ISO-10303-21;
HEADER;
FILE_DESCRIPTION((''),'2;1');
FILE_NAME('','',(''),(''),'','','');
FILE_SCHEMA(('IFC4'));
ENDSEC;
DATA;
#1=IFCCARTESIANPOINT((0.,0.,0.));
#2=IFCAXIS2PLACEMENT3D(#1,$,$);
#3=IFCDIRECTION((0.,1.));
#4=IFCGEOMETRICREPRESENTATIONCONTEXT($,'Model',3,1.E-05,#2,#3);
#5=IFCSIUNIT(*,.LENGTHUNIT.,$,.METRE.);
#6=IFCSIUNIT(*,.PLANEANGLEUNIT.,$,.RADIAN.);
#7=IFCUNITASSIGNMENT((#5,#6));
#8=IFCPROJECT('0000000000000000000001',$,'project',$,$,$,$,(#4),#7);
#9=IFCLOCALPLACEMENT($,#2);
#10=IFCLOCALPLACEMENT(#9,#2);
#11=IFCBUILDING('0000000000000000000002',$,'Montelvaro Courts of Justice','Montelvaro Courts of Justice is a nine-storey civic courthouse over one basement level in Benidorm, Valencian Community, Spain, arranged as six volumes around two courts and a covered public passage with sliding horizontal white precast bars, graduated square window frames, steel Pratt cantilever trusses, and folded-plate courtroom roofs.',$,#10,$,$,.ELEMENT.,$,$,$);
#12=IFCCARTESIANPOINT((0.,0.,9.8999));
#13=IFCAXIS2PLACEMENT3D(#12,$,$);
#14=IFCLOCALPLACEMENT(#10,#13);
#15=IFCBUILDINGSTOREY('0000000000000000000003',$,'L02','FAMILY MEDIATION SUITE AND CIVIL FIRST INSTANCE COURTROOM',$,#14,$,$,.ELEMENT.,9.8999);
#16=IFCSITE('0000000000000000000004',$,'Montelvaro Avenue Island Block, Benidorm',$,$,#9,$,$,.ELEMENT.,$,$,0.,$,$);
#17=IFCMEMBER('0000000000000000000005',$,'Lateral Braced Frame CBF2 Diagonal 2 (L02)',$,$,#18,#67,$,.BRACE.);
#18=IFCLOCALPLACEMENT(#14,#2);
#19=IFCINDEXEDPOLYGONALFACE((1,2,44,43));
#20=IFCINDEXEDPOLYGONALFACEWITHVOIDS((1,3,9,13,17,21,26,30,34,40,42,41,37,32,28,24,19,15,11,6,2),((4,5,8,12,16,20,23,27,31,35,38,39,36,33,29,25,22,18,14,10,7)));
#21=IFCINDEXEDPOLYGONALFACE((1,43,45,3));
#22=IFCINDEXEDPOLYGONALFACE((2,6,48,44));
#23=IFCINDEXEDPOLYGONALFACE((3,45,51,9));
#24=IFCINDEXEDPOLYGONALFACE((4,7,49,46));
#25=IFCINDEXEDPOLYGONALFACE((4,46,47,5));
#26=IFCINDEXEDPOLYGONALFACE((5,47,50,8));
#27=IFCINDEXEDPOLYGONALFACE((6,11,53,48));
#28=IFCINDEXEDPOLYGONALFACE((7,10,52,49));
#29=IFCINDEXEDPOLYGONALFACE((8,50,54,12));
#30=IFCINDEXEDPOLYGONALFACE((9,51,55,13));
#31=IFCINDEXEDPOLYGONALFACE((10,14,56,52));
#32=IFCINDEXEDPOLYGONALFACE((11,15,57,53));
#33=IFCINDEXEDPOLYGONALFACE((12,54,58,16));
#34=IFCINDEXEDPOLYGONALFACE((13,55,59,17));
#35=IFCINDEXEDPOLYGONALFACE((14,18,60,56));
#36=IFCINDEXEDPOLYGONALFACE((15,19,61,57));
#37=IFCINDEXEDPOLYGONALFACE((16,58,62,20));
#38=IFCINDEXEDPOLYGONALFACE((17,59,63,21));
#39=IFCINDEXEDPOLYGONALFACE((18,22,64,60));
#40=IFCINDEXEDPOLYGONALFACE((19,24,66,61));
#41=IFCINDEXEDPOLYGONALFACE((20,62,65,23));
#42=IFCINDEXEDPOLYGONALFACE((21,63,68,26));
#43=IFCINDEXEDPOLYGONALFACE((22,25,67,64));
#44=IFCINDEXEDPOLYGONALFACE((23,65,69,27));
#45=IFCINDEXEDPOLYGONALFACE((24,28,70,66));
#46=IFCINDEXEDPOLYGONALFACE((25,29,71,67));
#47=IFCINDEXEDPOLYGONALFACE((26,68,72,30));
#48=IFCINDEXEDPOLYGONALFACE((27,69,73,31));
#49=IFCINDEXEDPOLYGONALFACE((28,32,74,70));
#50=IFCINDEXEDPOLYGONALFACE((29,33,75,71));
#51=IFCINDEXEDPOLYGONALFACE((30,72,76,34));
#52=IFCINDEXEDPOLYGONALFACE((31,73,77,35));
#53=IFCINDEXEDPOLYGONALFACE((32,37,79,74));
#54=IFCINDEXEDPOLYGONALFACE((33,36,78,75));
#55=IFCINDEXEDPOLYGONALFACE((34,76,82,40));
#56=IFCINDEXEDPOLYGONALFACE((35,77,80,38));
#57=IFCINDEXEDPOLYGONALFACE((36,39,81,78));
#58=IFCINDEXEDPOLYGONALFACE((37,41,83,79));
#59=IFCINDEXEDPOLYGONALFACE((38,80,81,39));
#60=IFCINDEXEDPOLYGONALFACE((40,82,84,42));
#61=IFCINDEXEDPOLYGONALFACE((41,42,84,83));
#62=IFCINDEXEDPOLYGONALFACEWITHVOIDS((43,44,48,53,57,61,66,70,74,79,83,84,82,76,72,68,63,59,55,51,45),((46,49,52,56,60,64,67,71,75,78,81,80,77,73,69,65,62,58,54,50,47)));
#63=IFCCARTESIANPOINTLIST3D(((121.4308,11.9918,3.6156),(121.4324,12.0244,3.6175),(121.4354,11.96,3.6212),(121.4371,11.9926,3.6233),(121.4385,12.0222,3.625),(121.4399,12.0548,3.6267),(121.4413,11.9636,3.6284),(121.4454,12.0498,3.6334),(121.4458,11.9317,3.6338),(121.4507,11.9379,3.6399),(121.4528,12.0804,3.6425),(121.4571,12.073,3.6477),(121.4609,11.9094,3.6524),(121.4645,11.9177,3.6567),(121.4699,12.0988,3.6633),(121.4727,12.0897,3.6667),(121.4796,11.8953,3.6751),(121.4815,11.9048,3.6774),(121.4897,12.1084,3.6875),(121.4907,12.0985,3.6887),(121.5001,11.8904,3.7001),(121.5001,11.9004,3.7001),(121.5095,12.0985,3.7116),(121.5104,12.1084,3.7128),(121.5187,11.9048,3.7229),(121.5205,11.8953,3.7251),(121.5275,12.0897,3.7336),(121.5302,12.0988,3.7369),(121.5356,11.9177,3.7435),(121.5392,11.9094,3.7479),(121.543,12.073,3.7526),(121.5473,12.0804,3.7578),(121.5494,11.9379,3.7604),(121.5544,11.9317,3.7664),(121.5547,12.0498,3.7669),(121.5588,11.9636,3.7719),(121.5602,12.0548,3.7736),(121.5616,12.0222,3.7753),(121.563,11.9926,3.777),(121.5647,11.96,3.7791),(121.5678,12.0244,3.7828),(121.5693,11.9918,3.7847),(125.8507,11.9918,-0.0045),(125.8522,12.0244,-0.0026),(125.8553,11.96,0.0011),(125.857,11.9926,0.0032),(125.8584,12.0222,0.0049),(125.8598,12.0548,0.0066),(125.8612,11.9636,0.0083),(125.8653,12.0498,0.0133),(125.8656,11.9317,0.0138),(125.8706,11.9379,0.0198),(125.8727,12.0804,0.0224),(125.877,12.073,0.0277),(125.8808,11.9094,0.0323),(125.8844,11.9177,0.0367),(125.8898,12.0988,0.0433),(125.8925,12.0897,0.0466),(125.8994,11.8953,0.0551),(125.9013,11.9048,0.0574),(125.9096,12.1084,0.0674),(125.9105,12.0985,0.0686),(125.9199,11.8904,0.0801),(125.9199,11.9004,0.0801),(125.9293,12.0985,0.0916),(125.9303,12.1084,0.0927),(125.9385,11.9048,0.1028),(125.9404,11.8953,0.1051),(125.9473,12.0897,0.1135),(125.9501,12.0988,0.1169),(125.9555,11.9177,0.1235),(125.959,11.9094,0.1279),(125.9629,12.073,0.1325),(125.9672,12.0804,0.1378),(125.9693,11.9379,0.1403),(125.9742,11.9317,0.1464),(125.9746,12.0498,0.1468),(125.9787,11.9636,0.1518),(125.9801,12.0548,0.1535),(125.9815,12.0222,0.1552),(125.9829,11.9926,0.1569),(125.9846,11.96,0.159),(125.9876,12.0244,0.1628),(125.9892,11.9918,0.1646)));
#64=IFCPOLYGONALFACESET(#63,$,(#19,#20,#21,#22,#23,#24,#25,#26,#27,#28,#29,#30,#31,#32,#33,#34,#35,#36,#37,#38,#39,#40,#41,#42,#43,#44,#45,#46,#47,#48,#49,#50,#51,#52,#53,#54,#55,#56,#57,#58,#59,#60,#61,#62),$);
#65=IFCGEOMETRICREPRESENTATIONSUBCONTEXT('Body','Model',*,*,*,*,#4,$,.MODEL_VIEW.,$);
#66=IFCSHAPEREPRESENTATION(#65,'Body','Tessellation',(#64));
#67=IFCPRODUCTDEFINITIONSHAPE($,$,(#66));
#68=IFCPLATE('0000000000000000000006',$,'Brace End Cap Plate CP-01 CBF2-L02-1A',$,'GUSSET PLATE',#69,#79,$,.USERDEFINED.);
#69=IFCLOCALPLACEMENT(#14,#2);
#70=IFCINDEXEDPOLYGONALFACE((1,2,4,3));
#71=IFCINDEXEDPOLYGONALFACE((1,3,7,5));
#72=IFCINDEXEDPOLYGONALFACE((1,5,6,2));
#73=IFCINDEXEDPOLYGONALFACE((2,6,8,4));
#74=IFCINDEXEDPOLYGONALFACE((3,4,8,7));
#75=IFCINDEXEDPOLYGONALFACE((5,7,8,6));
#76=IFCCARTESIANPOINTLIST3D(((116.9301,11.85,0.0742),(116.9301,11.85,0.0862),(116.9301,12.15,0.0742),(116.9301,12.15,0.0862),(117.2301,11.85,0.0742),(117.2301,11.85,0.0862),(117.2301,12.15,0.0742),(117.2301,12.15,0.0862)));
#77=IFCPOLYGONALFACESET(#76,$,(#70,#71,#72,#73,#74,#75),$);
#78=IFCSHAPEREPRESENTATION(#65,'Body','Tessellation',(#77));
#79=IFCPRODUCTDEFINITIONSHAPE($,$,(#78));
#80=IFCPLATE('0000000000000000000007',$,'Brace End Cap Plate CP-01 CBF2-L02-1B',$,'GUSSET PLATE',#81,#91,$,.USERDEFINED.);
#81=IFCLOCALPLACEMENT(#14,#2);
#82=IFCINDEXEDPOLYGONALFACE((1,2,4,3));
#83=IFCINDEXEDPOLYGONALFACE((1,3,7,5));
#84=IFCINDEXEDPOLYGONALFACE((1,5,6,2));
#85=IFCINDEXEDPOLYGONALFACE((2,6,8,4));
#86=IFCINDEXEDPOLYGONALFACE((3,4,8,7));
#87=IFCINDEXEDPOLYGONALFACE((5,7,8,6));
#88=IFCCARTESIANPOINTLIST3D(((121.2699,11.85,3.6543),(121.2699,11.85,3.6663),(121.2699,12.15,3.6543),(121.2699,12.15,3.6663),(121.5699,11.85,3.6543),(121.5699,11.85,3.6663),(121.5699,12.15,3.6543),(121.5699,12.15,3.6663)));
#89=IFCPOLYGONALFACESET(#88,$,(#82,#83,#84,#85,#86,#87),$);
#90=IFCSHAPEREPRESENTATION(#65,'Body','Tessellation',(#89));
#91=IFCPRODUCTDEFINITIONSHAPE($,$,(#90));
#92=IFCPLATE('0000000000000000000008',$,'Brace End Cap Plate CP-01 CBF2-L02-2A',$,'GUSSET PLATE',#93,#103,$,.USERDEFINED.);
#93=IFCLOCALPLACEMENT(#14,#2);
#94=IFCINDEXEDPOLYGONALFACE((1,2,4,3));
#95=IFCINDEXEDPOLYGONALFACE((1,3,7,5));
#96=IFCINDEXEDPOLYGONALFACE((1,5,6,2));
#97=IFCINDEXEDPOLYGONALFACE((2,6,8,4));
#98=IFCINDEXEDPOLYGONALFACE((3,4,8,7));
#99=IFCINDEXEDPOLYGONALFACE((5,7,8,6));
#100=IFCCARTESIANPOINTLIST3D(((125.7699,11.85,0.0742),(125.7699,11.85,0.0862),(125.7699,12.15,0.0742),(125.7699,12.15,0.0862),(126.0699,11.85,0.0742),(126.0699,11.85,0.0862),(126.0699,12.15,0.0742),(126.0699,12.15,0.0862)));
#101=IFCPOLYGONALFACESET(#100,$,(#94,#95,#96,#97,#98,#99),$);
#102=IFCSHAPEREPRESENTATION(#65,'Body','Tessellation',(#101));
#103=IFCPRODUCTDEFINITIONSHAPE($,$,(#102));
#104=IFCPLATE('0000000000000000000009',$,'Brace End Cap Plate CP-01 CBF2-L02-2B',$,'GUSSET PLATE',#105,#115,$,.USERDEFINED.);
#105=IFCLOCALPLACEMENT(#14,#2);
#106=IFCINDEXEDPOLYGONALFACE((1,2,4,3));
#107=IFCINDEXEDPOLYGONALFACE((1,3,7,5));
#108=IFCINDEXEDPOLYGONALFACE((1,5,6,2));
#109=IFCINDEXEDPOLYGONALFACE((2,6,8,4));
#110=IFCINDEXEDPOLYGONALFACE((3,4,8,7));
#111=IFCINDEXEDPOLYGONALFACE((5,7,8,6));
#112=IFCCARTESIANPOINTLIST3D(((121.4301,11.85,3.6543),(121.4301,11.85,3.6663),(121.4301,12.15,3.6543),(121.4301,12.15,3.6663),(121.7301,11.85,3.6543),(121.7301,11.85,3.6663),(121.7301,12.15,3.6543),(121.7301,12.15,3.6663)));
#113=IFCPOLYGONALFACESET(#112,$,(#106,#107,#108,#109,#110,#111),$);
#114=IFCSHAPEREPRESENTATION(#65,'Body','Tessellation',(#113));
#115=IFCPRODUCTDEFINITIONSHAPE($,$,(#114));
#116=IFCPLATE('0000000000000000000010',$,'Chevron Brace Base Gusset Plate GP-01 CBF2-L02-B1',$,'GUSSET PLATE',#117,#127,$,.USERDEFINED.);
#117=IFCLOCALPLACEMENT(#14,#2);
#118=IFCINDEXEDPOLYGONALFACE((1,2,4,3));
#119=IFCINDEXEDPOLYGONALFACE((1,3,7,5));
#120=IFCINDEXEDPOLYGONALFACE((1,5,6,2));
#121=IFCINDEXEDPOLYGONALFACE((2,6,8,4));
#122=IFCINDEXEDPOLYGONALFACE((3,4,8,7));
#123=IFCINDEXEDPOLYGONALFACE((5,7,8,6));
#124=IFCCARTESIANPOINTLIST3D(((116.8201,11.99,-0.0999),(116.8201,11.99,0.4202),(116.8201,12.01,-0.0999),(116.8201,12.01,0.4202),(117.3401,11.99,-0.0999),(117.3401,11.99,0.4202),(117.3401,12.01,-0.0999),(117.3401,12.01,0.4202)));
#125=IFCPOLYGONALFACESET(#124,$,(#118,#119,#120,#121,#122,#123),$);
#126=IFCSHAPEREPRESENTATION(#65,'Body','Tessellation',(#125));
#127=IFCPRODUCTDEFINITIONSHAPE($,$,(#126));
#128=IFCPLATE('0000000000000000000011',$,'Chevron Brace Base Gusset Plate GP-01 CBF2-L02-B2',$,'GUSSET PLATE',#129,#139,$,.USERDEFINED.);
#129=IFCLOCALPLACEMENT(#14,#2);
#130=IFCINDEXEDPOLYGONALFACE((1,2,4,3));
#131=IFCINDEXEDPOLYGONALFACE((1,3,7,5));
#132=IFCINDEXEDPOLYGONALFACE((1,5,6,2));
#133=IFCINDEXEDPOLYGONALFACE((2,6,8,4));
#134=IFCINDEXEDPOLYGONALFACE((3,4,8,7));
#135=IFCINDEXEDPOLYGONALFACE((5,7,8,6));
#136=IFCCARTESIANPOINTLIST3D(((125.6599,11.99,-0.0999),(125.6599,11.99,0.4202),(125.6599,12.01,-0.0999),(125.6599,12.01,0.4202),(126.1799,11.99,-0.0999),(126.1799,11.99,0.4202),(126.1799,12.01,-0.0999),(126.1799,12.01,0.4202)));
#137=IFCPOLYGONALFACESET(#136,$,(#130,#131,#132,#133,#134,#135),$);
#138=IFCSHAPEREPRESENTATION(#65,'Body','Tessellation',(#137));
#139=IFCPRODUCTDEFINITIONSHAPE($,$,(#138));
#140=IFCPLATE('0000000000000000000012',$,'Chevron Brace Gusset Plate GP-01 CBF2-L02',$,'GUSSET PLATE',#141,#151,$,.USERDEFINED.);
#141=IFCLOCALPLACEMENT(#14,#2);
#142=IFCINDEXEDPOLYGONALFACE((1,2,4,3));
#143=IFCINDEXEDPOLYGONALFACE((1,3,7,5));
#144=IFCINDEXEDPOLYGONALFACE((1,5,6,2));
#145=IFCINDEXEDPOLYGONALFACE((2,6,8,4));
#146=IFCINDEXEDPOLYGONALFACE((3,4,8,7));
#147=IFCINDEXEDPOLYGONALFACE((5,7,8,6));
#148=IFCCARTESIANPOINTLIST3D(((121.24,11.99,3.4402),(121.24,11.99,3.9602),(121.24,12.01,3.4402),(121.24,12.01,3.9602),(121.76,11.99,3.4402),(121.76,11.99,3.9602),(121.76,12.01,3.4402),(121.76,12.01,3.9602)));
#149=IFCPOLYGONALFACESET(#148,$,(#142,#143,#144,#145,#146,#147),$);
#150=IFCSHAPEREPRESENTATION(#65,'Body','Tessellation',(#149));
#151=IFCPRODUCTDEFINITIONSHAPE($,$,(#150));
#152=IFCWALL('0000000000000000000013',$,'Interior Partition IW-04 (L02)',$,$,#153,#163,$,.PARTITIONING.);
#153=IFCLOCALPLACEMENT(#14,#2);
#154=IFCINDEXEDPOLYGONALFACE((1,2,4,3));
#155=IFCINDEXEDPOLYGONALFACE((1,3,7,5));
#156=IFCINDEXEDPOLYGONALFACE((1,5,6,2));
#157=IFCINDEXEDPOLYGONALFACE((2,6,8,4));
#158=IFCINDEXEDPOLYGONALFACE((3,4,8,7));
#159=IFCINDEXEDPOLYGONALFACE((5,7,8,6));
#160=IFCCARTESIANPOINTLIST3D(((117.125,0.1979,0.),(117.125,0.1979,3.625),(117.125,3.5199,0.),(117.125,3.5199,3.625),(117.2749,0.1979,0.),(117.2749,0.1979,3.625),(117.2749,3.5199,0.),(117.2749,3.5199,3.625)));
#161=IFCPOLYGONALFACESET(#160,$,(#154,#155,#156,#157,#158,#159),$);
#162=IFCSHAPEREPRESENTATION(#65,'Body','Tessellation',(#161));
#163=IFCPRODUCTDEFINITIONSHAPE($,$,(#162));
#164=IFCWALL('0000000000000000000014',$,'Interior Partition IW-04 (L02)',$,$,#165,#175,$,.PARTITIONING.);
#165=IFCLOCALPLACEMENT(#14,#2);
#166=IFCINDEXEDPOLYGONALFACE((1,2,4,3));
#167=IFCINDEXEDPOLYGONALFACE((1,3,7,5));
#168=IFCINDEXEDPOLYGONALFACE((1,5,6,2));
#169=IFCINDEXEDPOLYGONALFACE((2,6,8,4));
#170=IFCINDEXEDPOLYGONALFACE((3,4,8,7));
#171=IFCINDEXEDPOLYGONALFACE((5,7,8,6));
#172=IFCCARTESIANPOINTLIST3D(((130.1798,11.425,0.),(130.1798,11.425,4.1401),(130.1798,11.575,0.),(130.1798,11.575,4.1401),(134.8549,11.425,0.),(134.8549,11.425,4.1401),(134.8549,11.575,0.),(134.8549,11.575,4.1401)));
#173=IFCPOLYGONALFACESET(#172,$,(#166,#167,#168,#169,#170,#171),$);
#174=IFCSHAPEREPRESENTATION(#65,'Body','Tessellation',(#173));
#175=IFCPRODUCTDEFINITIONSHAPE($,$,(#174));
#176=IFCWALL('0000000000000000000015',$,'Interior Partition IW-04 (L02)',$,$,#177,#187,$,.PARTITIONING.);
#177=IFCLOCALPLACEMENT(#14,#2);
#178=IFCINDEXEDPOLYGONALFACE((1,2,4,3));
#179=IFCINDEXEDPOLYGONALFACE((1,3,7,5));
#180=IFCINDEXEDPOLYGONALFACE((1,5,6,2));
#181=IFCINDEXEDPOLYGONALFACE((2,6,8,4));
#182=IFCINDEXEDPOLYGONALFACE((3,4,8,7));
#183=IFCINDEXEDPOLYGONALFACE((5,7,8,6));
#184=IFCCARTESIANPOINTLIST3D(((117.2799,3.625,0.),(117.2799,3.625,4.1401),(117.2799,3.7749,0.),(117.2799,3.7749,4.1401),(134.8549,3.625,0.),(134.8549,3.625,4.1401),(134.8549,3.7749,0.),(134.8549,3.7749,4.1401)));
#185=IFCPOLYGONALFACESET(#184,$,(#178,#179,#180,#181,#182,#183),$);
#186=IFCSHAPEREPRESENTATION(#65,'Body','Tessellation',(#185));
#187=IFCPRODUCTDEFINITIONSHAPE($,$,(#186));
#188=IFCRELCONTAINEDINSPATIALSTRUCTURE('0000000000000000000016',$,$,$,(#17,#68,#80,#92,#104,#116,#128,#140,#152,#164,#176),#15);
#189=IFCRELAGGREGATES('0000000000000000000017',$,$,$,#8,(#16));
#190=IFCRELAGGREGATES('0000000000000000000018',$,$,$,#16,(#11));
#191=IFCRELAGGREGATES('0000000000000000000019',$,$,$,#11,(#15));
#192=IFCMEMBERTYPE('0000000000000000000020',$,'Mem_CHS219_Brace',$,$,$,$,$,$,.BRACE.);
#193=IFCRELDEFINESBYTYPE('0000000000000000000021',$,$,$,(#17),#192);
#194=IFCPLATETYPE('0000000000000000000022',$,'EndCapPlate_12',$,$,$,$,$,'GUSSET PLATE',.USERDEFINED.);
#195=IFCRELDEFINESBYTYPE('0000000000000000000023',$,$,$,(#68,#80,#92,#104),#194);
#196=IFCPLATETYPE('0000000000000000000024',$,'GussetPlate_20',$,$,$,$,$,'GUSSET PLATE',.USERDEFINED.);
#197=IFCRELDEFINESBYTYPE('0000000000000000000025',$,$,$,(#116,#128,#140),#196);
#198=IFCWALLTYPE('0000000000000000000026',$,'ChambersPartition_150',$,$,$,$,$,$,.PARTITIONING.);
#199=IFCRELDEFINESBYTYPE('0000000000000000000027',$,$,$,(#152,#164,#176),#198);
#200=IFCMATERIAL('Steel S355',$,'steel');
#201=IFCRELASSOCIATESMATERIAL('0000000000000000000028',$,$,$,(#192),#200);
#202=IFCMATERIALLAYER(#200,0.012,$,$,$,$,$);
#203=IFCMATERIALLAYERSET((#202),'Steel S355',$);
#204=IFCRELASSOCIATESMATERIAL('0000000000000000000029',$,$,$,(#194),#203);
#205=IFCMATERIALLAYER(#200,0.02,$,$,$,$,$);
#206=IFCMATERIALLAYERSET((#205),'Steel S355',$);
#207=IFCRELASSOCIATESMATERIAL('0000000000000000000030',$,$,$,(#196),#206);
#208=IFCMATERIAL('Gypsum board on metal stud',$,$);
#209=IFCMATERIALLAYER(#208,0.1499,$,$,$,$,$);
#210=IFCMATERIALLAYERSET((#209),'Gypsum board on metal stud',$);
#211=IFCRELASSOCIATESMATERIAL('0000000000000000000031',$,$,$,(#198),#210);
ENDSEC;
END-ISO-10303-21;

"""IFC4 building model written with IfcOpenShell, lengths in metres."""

from ifc_helpers import new_model, si_unit, direction, frame, frame_2d, origin, origin_2d, place, context, subcontext, project, spatial, rectangle, hollow_circle, extrude, material, layer, layer_set, material_profile, profile_set, type_object, element, save


model = new_model("IFC4")

# Units and contexts
model_context = context("Model", 3, precision=1e-05, world=origin(), true_north=direction((0.0, 1.0)))
body_context = subcontext(model_context, "Body", "Model", "MODEL_VIEW")
ifc_project = project(units=[si_unit("LENGTHUNIT", "METRE"), si_unit("PLANEANGLEUNIT", "RADIAN")], contexts=[model_context])

# Site, building, storey
site_placement = place(None, origin())
site = spatial("IfcSite", under=ifc_project, at=site_placement, Name="Montelvaro Avenue Island Block, Benidorm", CompositionType="ELEMENT", RefElevation=0.0)
building_placement = place(site_placement, origin())
building = spatial("IfcBuilding", under=site, at=building_placement, Name="Montelvaro Courts of Justice", Description="Montelvaro Courts of Justice is a nine-storey civic courthouse over one basement level in Benidorm, Valencian Community, Spain, arranged as six volumes around two courts and a covered public passage with sliding horizontal white precast bars, graduated square window frames, steel Pratt cantilever trusses, and folded-plate courtroom roofs.", CompositionType="ELEMENT")
storey_placement = place(building_placement, frame((0.0, 0.0, 9.8999)))
storey = spatial("IfcBuildingStorey", under=building, at=storey_placement, Name="L02", Description="FAMILY MEDIATION SUITE AND CIVIL FIRST INSTANCE COURTROOM", CompositionType="ELEMENT", Elevation=9.8999)

# Shared definitions
ifc_material_1 = material(Name="Steel S355", Category="steel")

# Member
ifc_material_profile_1 = material_profile(ifc_material_1, hollow_circle(Radius=0.1096, WallThickness=0.01, at=origin_2d()), Name="CHS 219.1x10")
ifc_profile_set_1 = profile_set([ifc_material_profile_1], Name="Steel S355")
member_type = type_object("IfcMemberType", Name="Mem_CHS219_Brace", PredefinedType="BRACE", material=ifc_profile_set_1)
for number, where, z_axis, x_axis, name in (
    (1, (125.9199, 12.0, 0.0801), (-0.77363, 0.0, 0.633638), (0.0, -1.0, 0.0), "Lateral Braced Frame CBF2 Diagonal 2 (L02)"),
):
    element("IfcMember", number, at=place(storey_placement, frame(where, z_axis=z_axis, x_axis=x_axis)), inside=storey, type_object=member_type, Name=name, PredefinedType="BRACE", context=body_context, shape_type="SweptSolid", body=[
        extrude(hollow_circle(Radius=0.1096, WallThickness=0.01, at=origin_2d()), origin(), (0.0, 0.0, 1.0), 5.7131),
    ])

# Plates
ifc_layer_1 = layer(ifc_material_1, 0.012)
ifc_layer_set_1 = layer_set([ifc_layer_1], Name="Steel S355")
plate_type_1 = type_object("IfcPlateType", Name="EndCapPlate_12", ElementType="GUSSET PLATE", PredefinedType="USERDEFINED", material=ifc_layer_set_1)
for number, where, z_axis, x_axis, name in (
    (2, (117.0801, 12.0, 0.0742), (0.0, 0.0, 1.0), (1.0, 0.0, 0.0), "Brace End Cap Plate CP-01 CBF2-L02-1A"),
    (3, (121.4199, 12.0, 3.6543), (0.0, 0.0, 1.0), (1.0, 0.0, 0.0), "Brace End Cap Plate CP-01 CBF2-L02-1B"),
    (4, (125.9199, 12.0, 0.0742), (0.0, 0.0, 1.0), (1.0, 0.0, 0.0), "Brace End Cap Plate CP-01 CBF2-L02-2A"),
    (5, (121.5801, 12.0, 3.6543), (0.0, 0.0, 1.0), (1.0, 0.0, 0.0), "Brace End Cap Plate CP-01 CBF2-L02-2B"),
):
    element("IfcPlate", number, at=place(storey_placement, frame(where, z_axis=z_axis, x_axis=x_axis)), inside=storey, type_object=plate_type_1, Name=name, ObjectType="GUSSET PLATE", PredefinedType="USERDEFINED", context=body_context, shape_type="SweptSolid", body=[
        extrude(rectangle(XDim=0.3, YDim=0.3, at=origin_2d()), origin(), (0.0, 0.0, 1.0), 0.012),
    ])
ifc_layer_2 = layer(ifc_material_1, 0.02)
ifc_layer_set_2 = layer_set([ifc_layer_2], Name="Steel S355")
plate_type_2 = type_object("IfcPlateType", Name="GussetPlate_20", ElementType="GUSSET PLATE", PredefinedType="USERDEFINED", material=ifc_layer_set_2)
for number, where, z_axis, x_axis, name in (
    (6, (117.0801, 12.0, -0.0999), (0.0, 0.0, 1.0), (1.0, 0.0, 0.0), "Chevron Brace Base Gusset Plate GP-01 CBF2-L02-B1"),
    (7, (125.9199, 12.0, -0.0999), (0.0, 0.0, 1.0), (1.0, 0.0, 0.0), "Chevron Brace Base Gusset Plate GP-01 CBF2-L02-B2"),
    (8, (121.5, 12.0, 3.4402), (0.0, 0.0, 1.0), (1.0, 0.0, 0.0), "Chevron Brace Gusset Plate GP-01 CBF2-L02"),
):
    element("IfcPlate", number, at=place(storey_placement, frame(where, z_axis=z_axis, x_axis=x_axis)), inside=storey, type_object=plate_type_2, Name=name, ObjectType="GUSSET PLATE", PredefinedType="USERDEFINED", context=body_context, shape_type="SweptSolid", body=[
        extrude(rectangle(XDim=0.52, YDim=0.02, at=origin_2d()), origin(), (0.0, 0.0, 1.0), 0.52),
    ])

# Walls
ifc_material_2 = material(Name="Gypsum board on metal stud")
ifc_layer_3 = layer(ifc_material_2, 0.1499)
ifc_layer_set_3 = layer_set([ifc_layer_3], Name="Gypsum board on metal stud")
wall_type_1 = type_object("IfcWallType", Name="ChambersPartition_150", PredefinedType="PARTITIONING", material=ifc_layer_set_3)
wall_1_placement = place(storey_placement, frame((117.2, 3.52, 0.0), z_axis=(0.0, 0.0, 1.0), x_axis=(0.0, -1.0, 0.0)))
element("IfcWall", 9, at=wall_1_placement, inside=storey, type_object=wall_type_1, Name="Interior Partition IW-04 (L02)", PredefinedType="PARTITIONING", context=body_context, shape_type="SweptSolid", body=[
    extrude(rectangle(XDim=3.322, YDim=0.1499, at=frame_2d((1.6611, 0.0))), origin(), (0.0, 0.0, 1.0), 3.625),
])
wall_2_placement = place(storey_placement, frame((130.1799, 11.5, 0.0), z_axis=(0.0, 0.0, 1.0), x_axis=(1.0, 0.0, 0.0)))
element("IfcWall", 10, at=wall_2_placement, inside=storey, type_object=wall_type_1, Name="Interior Partition IW-04 (L02)", PredefinedType="PARTITIONING", context=body_context, shape_type="SweptSolid", body=[
    extrude(rectangle(XDim=4.675, YDim=0.1499, at=frame_2d((2.3374, 0.0))), origin(), (0.0, 0.0, 1.0), 4.1401),
])
wall_3_placement = place(storey_placement, frame((134.855, 3.7, 0.0), z_axis=(0.0, 0.0, 1.0), x_axis=(-1.0, 0.0, 0.0)))
element("IfcWall", 11, at=wall_3_placement, inside=storey, type_object=wall_type_1, Name="Interior Partition IW-04 (L02)", PredefinedType="PARTITIONING", context=body_context, shape_type="SweptSolid", body=[
    extrude(rectangle(XDim=17.575, YDim=0.1499, at=frame_2d((8.7876, 0.0))), origin(), (0.0, 0.0, 1.0), 4.1401),
])

save(model, "model.ifc")
